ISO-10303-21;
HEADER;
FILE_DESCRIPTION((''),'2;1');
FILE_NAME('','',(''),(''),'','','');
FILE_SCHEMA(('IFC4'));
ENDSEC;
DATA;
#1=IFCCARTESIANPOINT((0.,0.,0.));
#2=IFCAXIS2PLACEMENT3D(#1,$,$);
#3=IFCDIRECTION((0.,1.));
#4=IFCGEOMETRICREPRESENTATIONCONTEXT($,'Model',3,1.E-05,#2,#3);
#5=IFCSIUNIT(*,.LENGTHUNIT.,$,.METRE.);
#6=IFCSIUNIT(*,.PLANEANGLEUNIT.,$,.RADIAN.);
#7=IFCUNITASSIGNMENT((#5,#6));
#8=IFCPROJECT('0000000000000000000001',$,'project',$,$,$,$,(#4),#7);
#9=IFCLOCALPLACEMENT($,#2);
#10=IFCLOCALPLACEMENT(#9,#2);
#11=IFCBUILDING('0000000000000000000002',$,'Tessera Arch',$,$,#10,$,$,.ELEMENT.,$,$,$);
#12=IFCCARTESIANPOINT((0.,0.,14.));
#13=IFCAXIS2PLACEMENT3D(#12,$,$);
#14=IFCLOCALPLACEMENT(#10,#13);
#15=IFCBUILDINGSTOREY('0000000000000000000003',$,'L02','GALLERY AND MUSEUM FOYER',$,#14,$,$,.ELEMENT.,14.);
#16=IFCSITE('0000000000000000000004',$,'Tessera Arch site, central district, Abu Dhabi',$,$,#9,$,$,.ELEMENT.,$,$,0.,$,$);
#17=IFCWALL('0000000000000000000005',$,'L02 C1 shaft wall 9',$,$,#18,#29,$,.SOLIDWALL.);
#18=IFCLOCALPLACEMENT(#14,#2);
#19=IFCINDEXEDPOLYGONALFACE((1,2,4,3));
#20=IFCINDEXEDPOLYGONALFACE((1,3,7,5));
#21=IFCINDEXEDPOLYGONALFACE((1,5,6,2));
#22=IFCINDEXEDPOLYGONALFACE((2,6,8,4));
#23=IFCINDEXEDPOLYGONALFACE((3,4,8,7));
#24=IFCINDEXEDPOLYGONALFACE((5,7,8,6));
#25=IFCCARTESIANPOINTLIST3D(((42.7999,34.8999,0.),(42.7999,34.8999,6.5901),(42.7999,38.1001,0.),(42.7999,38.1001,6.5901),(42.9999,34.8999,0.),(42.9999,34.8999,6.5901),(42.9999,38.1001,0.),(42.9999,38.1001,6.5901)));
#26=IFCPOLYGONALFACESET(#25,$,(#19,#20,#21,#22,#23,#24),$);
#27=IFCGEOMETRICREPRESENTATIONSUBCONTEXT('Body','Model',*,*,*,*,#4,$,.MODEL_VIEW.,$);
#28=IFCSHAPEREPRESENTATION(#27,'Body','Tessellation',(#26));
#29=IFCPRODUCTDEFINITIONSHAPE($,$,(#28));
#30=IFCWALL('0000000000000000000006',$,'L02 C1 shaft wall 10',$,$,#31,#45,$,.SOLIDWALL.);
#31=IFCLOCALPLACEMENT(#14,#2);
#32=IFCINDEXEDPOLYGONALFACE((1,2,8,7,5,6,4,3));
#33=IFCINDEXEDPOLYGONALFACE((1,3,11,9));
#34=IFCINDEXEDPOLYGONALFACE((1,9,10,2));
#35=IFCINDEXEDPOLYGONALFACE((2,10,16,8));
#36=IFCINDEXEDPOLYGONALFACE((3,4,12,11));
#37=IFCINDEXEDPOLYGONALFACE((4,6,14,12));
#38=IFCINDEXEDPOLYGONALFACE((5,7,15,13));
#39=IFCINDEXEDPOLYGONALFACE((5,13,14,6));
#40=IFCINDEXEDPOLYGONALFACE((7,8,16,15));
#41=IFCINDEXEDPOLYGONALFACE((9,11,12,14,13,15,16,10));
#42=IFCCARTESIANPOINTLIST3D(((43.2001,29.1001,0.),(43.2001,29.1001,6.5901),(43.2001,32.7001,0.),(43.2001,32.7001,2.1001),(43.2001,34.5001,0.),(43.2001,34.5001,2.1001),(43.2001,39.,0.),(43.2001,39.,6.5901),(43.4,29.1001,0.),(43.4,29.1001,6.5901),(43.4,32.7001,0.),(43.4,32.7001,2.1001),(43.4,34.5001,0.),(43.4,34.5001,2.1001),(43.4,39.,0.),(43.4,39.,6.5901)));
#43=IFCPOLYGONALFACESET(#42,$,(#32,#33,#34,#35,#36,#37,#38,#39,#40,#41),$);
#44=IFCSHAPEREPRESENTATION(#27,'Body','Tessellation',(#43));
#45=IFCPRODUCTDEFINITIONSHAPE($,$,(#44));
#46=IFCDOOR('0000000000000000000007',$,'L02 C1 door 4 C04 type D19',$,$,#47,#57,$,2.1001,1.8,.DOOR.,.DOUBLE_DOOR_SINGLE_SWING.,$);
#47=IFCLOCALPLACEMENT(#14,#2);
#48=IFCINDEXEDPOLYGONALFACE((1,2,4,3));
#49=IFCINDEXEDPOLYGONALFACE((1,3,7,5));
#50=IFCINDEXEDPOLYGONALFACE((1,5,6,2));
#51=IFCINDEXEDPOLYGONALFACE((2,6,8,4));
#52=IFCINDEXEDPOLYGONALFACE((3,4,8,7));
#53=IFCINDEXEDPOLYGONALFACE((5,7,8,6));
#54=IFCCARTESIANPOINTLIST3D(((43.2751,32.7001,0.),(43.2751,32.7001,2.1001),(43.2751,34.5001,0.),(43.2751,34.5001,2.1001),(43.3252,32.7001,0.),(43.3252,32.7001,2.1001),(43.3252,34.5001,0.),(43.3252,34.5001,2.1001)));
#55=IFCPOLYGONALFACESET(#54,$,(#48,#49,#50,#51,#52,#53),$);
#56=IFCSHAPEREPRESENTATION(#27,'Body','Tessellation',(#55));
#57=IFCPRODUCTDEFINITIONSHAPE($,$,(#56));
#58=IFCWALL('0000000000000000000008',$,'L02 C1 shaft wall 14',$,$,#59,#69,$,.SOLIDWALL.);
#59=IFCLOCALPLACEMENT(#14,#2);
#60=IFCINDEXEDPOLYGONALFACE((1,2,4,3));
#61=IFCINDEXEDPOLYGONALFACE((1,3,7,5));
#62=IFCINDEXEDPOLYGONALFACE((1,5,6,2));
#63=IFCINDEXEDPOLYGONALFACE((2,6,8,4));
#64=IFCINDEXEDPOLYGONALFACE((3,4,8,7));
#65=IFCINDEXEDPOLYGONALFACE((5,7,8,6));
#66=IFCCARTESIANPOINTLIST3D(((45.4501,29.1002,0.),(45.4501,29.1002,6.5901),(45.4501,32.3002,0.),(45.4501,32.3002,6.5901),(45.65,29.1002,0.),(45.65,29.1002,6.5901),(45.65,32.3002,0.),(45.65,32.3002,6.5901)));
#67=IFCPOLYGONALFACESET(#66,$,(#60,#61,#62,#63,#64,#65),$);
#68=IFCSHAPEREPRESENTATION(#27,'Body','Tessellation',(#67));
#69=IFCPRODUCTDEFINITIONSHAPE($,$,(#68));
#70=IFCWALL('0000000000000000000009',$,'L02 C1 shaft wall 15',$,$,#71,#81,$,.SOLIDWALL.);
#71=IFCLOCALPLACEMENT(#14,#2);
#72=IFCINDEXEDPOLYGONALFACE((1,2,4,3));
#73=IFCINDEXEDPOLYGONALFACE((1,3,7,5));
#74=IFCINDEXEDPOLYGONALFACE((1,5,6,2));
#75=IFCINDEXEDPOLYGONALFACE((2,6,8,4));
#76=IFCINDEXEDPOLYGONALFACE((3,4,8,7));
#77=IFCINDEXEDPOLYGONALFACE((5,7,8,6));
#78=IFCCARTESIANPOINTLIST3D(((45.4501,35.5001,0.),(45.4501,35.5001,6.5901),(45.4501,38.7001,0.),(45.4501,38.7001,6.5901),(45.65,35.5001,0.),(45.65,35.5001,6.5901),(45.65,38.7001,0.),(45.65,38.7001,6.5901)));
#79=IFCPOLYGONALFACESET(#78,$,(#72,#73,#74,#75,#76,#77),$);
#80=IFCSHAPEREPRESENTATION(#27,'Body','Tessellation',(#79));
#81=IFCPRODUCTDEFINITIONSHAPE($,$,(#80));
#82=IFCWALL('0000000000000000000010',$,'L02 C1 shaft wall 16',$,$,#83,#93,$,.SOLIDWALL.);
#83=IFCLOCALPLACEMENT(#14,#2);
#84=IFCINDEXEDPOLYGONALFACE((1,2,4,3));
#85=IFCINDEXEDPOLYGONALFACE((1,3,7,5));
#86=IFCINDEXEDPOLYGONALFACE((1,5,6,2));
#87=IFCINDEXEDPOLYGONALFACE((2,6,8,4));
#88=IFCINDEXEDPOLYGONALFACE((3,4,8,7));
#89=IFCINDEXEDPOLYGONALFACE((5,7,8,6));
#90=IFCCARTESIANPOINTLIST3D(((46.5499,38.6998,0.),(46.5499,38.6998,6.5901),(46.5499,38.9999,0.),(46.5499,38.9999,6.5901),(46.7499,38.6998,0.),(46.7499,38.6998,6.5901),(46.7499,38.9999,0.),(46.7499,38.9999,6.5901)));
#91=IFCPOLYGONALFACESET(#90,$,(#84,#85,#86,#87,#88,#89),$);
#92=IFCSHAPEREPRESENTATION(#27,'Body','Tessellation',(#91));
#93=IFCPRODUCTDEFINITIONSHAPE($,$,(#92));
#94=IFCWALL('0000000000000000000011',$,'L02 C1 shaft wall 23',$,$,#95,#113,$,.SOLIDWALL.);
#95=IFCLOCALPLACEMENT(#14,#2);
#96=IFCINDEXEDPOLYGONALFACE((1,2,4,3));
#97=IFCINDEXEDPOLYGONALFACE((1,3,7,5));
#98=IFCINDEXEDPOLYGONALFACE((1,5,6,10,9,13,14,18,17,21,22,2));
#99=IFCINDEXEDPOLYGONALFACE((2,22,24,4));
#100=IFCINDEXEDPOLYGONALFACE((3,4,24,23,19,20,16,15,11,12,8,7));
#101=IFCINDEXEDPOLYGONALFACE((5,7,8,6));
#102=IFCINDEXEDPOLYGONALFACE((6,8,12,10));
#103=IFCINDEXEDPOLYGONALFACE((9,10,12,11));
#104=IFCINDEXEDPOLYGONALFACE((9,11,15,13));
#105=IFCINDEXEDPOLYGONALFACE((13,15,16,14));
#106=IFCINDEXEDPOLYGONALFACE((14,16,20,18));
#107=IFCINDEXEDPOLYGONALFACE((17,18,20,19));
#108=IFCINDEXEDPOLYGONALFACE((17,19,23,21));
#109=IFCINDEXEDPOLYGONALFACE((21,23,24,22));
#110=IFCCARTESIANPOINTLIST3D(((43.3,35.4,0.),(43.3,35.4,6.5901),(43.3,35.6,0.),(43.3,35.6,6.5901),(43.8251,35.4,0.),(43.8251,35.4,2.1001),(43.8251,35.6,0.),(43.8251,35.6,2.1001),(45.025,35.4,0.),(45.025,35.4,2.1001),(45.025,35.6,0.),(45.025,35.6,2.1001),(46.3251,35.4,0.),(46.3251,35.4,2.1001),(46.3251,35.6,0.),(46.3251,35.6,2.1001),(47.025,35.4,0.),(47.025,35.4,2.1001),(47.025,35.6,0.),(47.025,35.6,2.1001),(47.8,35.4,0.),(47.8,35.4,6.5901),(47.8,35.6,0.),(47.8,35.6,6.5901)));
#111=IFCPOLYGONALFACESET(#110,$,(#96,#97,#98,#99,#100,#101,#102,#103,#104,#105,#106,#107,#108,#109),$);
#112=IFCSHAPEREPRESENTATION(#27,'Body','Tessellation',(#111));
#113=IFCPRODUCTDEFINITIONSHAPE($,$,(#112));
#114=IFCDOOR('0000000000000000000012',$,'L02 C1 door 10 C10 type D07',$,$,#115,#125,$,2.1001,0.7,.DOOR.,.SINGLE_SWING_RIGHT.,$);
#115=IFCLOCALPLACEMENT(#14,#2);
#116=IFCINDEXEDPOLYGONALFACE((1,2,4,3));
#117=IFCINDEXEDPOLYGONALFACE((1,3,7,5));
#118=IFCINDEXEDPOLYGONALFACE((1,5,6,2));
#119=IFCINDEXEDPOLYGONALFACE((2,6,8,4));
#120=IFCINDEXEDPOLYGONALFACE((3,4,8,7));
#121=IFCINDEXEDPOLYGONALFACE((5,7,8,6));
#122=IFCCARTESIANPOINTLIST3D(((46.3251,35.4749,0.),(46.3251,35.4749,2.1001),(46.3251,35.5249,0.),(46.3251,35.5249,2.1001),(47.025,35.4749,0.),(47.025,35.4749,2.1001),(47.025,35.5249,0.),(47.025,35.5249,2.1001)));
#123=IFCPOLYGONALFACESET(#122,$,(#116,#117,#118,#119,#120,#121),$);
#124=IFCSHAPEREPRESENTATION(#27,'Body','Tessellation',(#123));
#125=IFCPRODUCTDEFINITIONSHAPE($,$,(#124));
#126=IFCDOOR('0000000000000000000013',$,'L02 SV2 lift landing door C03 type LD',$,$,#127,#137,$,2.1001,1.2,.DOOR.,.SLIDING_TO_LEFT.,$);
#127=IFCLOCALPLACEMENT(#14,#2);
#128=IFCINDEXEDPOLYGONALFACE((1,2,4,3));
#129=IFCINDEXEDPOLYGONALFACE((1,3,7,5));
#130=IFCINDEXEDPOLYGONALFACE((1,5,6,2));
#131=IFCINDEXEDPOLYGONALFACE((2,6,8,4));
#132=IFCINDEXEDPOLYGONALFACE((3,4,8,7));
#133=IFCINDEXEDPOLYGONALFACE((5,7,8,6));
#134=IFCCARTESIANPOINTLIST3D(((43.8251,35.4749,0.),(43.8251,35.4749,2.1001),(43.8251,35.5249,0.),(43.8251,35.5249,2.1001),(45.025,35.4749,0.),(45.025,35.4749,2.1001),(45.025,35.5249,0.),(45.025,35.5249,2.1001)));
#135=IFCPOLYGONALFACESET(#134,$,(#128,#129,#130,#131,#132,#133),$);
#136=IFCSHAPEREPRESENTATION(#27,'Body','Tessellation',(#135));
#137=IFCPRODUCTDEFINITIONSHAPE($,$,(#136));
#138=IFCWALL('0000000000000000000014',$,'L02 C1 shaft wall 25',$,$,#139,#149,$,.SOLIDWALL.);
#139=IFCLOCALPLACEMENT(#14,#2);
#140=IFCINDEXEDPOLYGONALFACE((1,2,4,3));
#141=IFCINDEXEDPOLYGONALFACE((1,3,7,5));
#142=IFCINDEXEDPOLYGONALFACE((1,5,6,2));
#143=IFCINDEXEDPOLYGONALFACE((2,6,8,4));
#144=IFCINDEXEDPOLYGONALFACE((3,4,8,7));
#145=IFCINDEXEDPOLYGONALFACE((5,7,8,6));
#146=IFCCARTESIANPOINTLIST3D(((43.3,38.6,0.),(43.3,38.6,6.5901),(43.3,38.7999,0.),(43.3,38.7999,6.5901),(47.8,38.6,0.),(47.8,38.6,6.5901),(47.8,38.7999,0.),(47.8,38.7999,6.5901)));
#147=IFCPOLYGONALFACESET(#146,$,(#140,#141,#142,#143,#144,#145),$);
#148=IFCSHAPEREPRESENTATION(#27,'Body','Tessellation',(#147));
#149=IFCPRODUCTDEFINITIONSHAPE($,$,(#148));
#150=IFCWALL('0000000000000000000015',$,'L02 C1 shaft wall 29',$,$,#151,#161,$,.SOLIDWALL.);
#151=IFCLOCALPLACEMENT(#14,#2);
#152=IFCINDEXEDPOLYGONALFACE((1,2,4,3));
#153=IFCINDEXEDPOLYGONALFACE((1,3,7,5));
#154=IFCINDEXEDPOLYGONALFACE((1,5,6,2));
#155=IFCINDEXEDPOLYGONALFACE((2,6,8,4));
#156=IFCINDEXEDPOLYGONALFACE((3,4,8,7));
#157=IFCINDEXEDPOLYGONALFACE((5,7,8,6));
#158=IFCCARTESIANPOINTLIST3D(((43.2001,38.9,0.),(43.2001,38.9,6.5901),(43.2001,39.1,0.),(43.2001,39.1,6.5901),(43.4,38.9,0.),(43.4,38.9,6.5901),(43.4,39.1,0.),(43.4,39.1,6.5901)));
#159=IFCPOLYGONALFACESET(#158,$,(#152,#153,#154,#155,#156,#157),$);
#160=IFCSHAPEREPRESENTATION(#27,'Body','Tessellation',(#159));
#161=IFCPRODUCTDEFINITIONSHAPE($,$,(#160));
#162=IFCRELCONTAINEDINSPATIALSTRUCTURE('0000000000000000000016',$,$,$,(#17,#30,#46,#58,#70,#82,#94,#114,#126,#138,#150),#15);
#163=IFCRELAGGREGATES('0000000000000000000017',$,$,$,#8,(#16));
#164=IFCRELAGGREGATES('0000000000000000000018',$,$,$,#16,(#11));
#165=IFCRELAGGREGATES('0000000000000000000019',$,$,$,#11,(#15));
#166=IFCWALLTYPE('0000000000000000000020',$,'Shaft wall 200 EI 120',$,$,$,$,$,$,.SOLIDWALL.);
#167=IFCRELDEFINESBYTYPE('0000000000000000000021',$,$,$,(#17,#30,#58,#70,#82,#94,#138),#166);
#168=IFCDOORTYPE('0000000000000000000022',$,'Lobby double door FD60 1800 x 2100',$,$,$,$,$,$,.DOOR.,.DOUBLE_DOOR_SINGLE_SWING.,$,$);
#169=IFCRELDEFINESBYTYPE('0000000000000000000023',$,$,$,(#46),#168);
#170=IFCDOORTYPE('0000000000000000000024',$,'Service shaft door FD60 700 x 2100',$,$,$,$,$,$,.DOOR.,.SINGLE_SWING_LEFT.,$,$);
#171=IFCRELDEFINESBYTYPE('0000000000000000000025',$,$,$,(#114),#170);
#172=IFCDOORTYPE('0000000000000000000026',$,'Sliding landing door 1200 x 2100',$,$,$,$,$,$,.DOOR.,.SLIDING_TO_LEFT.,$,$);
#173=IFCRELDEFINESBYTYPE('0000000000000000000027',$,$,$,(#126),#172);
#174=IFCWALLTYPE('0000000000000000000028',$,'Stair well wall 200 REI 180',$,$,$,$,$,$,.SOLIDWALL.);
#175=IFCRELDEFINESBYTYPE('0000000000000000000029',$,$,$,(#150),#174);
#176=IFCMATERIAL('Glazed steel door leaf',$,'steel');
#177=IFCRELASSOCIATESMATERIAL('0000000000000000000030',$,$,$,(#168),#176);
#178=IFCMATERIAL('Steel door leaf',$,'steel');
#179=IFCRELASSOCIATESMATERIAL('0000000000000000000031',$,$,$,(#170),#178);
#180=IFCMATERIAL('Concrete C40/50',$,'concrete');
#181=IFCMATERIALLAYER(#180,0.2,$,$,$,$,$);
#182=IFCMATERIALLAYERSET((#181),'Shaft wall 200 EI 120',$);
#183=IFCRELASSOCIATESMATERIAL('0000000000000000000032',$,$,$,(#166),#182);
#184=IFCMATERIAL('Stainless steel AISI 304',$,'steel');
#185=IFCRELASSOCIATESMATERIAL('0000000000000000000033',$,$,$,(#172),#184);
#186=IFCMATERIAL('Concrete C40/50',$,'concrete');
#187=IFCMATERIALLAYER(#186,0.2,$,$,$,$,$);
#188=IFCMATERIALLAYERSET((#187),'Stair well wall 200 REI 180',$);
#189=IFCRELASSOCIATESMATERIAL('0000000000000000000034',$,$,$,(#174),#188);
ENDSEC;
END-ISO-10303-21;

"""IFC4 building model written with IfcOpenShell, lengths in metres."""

from ifc_helpers import new_model, si_unit, direction, frame, frame_2d, origin, place, context, subcontext, project, spatial, rectangle, extrude, material, layer, layer_set, type_object, element, fill, save


model = new_model("IFC4")

# Units and contexts
model_context = context("Model", 3, precision=1e-05, world=origin(), true_north=direction((0.0, 1.0)))
body_context = subcontext(model_context, "Body", "Model", "MODEL_VIEW")
ifc_project = project(units=[si_unit("LENGTHUNIT", "METRE"), si_unit("PLANEANGLEUNIT", "RADIAN")], contexts=[model_context])

# Site, building, storey
site_placement = place(None, origin())
site = spatial("IfcSite", under=ifc_project, at=site_placement, Name="Tessera Arch site, central district, Abu Dhabi", CompositionType="ELEMENT", RefElevation=0.0)
building_placement = place(site_placement, origin())
building = spatial("IfcBuilding", under=site, at=building_placement, Name="Tessera Arch", CompositionType="ELEMENT")
storey_placement = place(building_placement, frame((0.0, 0.0, 14.0)))
storey = spatial("IfcBuildingStorey", under=building, at=storey_placement, Name="L02", Description="GALLERY AND MUSEUM FOYER", CompositionType="ELEMENT", Elevation=14.0)

# Shared definitions
ifc_material_1 = material(Name="Glazed steel door leaf", Category="steel")
door_type_1 = type_object("IfcDoorType", Name="Lobby double door FD60 1800 x 2100", OperationType="DOUBLE_DOOR_SINGLE_SWING", PredefinedType="DOOR", material=ifc_material_1)
ifc_material_2 = material(Name="Steel door leaf", Category="steel")
door_type_2 = type_object("IfcDoorType", Name="Service shaft door FD60 700 x 2100", OperationType="SINGLE_SWING_LEFT", PredefinedType="DOOR", material=ifc_material_2)

# Wall
ifc_material_3 = material(Name="Concrete C40/50", Category="concrete")
ifc_layer_1 = layer(ifc_material_3, 0.2)
ifc_layer_set_1 = layer_set([ifc_layer_1], Name="Shaft wall 200 EI 120")
wall_type_1 = type_object("IfcWallType", Name="Shaft wall 200 EI 120", PredefinedType="SOLIDWALL", material=ifc_layer_set_1)
wall_1_placement = place(storey_placement, frame((42.8999, 34.8999, 0.0), z_axis=(0.0, 0.0, 1.0), x_axis=(0.0, 1.0, 0.0)))
element("IfcWall", 1, at=wall_1_placement, inside=storey, type_object=wall_type_1, Name="L02 C1 shaft wall 9", PredefinedType="SOLIDWALL", context=body_context, shape_type="SweptSolid", body=[
    extrude(rectangle(XDim=3.2002, YDim=0.2, at=frame_2d((1.6001, 0.0))), origin(), (0.0, 0.0, 1.0), 6.5901),
])

# Wall, opening, door
wall_2_placement = place(storey_placement, frame((43.3, 29.1001, 0.0), z_axis=(0.0, 0.0, 1.0), x_axis=(0.0, 1.0, 0.0)))
wall_2 = element("IfcWall", 2, at=wall_2_placement, inside=storey, type_object=wall_type_1, Name="L02 C1 shaft wall 10", PredefinedType="SOLIDWALL", context=body_context, shape_type="SweptSolid", body=[
    extrude(rectangle(XDim=9.8999, YDim=0.2, at=frame_2d((4.95, 0.0))), origin(), (0.0, 0.0, 1.0), 6.5901),
])
opening_1_placement = place(wall_2_placement, frame((3.6001, 0.0, 0.0)))
opening_1 = element("IfcOpeningElement", 3, at=opening_1_placement, cuts=wall_2, PredefinedType="OPENING", context=body_context, shape_type="SweptSolid", body=[
    extrude(rectangle(XDim=1.8, YDim=2.1001, at=frame_2d((0.8999, 1.05))), frame((0.0, 0.1099, 0.0), z_axis=(0.0, -1.0, 0.0), x_axis=(1.0, 0.0, 0.0)), (0.0, 0.0, 1.0), 0.22),
])
door_1_placement = place(opening_1_placement, origin())
door_1 = element("IfcDoor", 4, at=door_1_placement, inside=storey, type_object=door_type_1, Name="L02 C1 door 4 C04 type D19", OperationType="DOUBLE_DOOR_SINGLE_SWING", OverallHeight=2.1001, OverallWidth=1.8, PredefinedType="DOOR", context=body_context, shape_type="SweptSolid", body=[
    extrude(rectangle(XDim=1.8, YDim=2.1001, at=frame_2d((0.8999, 1.05))), frame((0.0, 0.0249, 0.0), z_axis=(0.0, -1.0, 0.0), x_axis=(1.0, 0.0, 0.0)), (0.0, 0.0, 1.0), 0.05),
])
fill(opening_1, door_1)

# Walls
for number, where, z_axis, x_axis, name in (
    (5, (45.55, 29.1001, 0.0), (0.0, 0.0, 1.0), (0.0, 1.0, 0.0), "L02 C1 shaft wall 14"),
    (6, (45.55, 35.5, 0.0), (0.0, 0.0, 1.0), (0.0, 1.0, 0.0), "L02 C1 shaft wall 15"),
):
    element("IfcWall", number, at=place(storey_placement, frame(where, z_axis=z_axis, x_axis=x_axis)), inside=storey, type_object=wall_type_1, Name=name, PredefinedType="SOLIDWALL", context=body_context, shape_type="SweptSolid", body=[
        extrude(rectangle(XDim=3.2, YDim=0.2, at=frame_2d((1.6001, 0.0))), origin(), (0.0, 0.0, 1.0), 6.5901),
    ])
wall_3_placement = place(storey_placement, frame((46.6499, 38.7, 0.0), z_axis=(0.0, 0.0, 1.0), x_axis=(0.0, 1.0, 0.0)))
element("IfcWall", 7, at=wall_3_placement, inside=storey, type_object=wall_type_1, Name="L02 C1 shaft wall 16", PredefinedType="SOLIDWALL", context=body_context, shape_type="SweptSolid", body=[
    extrude(rectangle(XDim=0.3, YDim=0.2, at=frame_2d((0.1499, 0.0))), origin(), (0.0, 0.0, 1.0), 6.5901),
])

# Wall, openings, doors
wall_4_placement = place(storey_placement, frame((43.3, 35.5, 0.0), z_axis=(0.0, 0.0, 1.0), x_axis=(1.0, 0.0, 0.0)))
wall_4 = element("IfcWall", 8, at=wall_4_placement, inside=storey, type_object=wall_type_1, Name="L02 C1 shaft wall 23", PredefinedType="SOLIDWALL", context=body_context, shape_type="SweptSolid", body=[
    extrude(rectangle(XDim=4.5, YDim=0.2, at=frame_2d((2.25, 0.0))), origin(), (0.0, 0.0, 1.0), 6.5901),
])
opening_2_placement = place(wall_4_placement, frame((0.5249, 0.0, 0.0)))
opening_2 = element("IfcOpeningElement", 9, at=opening_2_placement, cuts=wall_4, PredefinedType="OPENING", context=body_context, shape_type="SweptSolid", body=[
    extrude(rectangle(XDim=1.2, YDim=2.1001, at=frame_2d((0.6001, 1.05))), frame((0.0, 0.1099, 0.0), z_axis=(0.0, -1.0, 0.0), x_axis=(1.0, 0.0, 0.0)), (0.0, 0.0, 1.0), 0.22),
])
opening_3_placement = place(wall_4_placement, frame((3.0249, 0.0, 0.0)))
opening_3 = element("IfcOpeningElement", 10, at=opening_3_placement, cuts=wall_4, PredefinedType="OPENING", context=body_context, shape_type="SweptSolid", body=[
    extrude(rectangle(XDim=0.7, YDim=2.1001, at=frame_2d((0.3501, 1.05))), frame((0.0, 0.1099, 0.0), z_axis=(0.0, -1.0, 0.0), x_axis=(1.0, 0.0, 0.0)), (0.0, 0.0, 1.0), 0.22),
])
door_2_placement = place(opening_3_placement, origin())
door_2 = element("IfcDoor", 11, at=door_2_placement, inside=storey, type_object=door_type_2, Name="L02 C1 door 10 C10 type D07", OperationType="SINGLE_SWING_RIGHT", OverallHeight=2.1001, OverallWidth=0.7, PredefinedType="DOOR", context=body_context, shape_type="SweptSolid", body=[
    extrude(rectangle(XDim=0.7, YDim=2.1001, at=frame_2d((0.3501, 1.05))), frame((0.0, 0.0249, 0.0), z_axis=(0.0, -1.0, 0.0), x_axis=(1.0, 0.0, 0.0)), (0.0, 0.0, 1.0), 0.05),
])
fill(opening_3, door_2)
ifc_material_4 = material(Name="Stainless steel AISI 304", Category="steel")
door_type_3 = type_object("IfcDoorType", Name="Sliding landing door 1200 x 2100", OperationType="SLIDING_TO_LEFT", PredefinedType="DOOR", material=ifc_material_4)
door_3_placement = place(opening_2_placement, origin())
door_3 = element("IfcDoor", 12, at=door_3_placement, inside=storey, type_object=door_type_3, Name="L02 SV2 lift landing door C03 type LD", OperationType="SLIDING_TO_LEFT", OverallHeight=2.1001, OverallWidth=1.2, PredefinedType="DOOR", context=body_context, shape_type="SweptSolid", body=[
    extrude(rectangle(XDim=1.2, YDim=2.1001, at=frame_2d((0.6001, 1.05))), frame((0.0, 0.0249, 0.0), z_axis=(0.0, -1.0, 0.0), x_axis=(1.0, 0.0, 0.0)), (0.0, 0.0, 1.0), 0.05),
])
fill(opening_2, door_3)

# Walls
wall_5_placement = place(storey_placement, frame((43.3, 38.7, 0.0), z_axis=(0.0, 0.0, 1.0), x_axis=(1.0, 0.0, 0.0)))
element("IfcWall", 13, at=wall_5_placement, inside=storey, type_object=wall_type_1, Name="L02 C1 shaft wall 25", PredefinedType="SOLIDWALL", context=body_context, shape_type="SweptSolid", body=[
    extrude(rectangle(XDim=4.5, YDim=0.2, at=frame_2d((2.25, 0.0))), origin(), (0.0, 0.0, 1.0), 6.5901),
])
ifc_material_5 = material(Name="Concrete C40/50", Category="concrete")
ifc_layer_2 = layer(ifc_material_5, 0.2)
ifc_layer_set_2 = layer_set([ifc_layer_2], Name="Stair well wall 200 REI 180")
wall_type_2 = type_object("IfcWallType", Name="Stair well wall 200 REI 180", PredefinedType="SOLIDWALL", material=ifc_layer_set_2)
wall_6_placement = place(storey_placement, frame((43.2, 39.0, 0.0), z_axis=(0.0, 0.0, 1.0), x_axis=(1.0, 0.0, 0.0)))
element("IfcWall", 14, at=wall_6_placement, inside=storey, type_object=wall_type_2, Name="L02 C1 shaft wall 29", PredefinedType="SOLIDWALL", context=body_context, shape_type="SweptSolid", body=[
    extrude(rectangle(XDim=0.2, YDim=0.2, at=frame_2d((0.1001, 0.0))), origin(), (0.0, 0.0, 1.0), 6.5901),
])

save(model, "model.ifc")
